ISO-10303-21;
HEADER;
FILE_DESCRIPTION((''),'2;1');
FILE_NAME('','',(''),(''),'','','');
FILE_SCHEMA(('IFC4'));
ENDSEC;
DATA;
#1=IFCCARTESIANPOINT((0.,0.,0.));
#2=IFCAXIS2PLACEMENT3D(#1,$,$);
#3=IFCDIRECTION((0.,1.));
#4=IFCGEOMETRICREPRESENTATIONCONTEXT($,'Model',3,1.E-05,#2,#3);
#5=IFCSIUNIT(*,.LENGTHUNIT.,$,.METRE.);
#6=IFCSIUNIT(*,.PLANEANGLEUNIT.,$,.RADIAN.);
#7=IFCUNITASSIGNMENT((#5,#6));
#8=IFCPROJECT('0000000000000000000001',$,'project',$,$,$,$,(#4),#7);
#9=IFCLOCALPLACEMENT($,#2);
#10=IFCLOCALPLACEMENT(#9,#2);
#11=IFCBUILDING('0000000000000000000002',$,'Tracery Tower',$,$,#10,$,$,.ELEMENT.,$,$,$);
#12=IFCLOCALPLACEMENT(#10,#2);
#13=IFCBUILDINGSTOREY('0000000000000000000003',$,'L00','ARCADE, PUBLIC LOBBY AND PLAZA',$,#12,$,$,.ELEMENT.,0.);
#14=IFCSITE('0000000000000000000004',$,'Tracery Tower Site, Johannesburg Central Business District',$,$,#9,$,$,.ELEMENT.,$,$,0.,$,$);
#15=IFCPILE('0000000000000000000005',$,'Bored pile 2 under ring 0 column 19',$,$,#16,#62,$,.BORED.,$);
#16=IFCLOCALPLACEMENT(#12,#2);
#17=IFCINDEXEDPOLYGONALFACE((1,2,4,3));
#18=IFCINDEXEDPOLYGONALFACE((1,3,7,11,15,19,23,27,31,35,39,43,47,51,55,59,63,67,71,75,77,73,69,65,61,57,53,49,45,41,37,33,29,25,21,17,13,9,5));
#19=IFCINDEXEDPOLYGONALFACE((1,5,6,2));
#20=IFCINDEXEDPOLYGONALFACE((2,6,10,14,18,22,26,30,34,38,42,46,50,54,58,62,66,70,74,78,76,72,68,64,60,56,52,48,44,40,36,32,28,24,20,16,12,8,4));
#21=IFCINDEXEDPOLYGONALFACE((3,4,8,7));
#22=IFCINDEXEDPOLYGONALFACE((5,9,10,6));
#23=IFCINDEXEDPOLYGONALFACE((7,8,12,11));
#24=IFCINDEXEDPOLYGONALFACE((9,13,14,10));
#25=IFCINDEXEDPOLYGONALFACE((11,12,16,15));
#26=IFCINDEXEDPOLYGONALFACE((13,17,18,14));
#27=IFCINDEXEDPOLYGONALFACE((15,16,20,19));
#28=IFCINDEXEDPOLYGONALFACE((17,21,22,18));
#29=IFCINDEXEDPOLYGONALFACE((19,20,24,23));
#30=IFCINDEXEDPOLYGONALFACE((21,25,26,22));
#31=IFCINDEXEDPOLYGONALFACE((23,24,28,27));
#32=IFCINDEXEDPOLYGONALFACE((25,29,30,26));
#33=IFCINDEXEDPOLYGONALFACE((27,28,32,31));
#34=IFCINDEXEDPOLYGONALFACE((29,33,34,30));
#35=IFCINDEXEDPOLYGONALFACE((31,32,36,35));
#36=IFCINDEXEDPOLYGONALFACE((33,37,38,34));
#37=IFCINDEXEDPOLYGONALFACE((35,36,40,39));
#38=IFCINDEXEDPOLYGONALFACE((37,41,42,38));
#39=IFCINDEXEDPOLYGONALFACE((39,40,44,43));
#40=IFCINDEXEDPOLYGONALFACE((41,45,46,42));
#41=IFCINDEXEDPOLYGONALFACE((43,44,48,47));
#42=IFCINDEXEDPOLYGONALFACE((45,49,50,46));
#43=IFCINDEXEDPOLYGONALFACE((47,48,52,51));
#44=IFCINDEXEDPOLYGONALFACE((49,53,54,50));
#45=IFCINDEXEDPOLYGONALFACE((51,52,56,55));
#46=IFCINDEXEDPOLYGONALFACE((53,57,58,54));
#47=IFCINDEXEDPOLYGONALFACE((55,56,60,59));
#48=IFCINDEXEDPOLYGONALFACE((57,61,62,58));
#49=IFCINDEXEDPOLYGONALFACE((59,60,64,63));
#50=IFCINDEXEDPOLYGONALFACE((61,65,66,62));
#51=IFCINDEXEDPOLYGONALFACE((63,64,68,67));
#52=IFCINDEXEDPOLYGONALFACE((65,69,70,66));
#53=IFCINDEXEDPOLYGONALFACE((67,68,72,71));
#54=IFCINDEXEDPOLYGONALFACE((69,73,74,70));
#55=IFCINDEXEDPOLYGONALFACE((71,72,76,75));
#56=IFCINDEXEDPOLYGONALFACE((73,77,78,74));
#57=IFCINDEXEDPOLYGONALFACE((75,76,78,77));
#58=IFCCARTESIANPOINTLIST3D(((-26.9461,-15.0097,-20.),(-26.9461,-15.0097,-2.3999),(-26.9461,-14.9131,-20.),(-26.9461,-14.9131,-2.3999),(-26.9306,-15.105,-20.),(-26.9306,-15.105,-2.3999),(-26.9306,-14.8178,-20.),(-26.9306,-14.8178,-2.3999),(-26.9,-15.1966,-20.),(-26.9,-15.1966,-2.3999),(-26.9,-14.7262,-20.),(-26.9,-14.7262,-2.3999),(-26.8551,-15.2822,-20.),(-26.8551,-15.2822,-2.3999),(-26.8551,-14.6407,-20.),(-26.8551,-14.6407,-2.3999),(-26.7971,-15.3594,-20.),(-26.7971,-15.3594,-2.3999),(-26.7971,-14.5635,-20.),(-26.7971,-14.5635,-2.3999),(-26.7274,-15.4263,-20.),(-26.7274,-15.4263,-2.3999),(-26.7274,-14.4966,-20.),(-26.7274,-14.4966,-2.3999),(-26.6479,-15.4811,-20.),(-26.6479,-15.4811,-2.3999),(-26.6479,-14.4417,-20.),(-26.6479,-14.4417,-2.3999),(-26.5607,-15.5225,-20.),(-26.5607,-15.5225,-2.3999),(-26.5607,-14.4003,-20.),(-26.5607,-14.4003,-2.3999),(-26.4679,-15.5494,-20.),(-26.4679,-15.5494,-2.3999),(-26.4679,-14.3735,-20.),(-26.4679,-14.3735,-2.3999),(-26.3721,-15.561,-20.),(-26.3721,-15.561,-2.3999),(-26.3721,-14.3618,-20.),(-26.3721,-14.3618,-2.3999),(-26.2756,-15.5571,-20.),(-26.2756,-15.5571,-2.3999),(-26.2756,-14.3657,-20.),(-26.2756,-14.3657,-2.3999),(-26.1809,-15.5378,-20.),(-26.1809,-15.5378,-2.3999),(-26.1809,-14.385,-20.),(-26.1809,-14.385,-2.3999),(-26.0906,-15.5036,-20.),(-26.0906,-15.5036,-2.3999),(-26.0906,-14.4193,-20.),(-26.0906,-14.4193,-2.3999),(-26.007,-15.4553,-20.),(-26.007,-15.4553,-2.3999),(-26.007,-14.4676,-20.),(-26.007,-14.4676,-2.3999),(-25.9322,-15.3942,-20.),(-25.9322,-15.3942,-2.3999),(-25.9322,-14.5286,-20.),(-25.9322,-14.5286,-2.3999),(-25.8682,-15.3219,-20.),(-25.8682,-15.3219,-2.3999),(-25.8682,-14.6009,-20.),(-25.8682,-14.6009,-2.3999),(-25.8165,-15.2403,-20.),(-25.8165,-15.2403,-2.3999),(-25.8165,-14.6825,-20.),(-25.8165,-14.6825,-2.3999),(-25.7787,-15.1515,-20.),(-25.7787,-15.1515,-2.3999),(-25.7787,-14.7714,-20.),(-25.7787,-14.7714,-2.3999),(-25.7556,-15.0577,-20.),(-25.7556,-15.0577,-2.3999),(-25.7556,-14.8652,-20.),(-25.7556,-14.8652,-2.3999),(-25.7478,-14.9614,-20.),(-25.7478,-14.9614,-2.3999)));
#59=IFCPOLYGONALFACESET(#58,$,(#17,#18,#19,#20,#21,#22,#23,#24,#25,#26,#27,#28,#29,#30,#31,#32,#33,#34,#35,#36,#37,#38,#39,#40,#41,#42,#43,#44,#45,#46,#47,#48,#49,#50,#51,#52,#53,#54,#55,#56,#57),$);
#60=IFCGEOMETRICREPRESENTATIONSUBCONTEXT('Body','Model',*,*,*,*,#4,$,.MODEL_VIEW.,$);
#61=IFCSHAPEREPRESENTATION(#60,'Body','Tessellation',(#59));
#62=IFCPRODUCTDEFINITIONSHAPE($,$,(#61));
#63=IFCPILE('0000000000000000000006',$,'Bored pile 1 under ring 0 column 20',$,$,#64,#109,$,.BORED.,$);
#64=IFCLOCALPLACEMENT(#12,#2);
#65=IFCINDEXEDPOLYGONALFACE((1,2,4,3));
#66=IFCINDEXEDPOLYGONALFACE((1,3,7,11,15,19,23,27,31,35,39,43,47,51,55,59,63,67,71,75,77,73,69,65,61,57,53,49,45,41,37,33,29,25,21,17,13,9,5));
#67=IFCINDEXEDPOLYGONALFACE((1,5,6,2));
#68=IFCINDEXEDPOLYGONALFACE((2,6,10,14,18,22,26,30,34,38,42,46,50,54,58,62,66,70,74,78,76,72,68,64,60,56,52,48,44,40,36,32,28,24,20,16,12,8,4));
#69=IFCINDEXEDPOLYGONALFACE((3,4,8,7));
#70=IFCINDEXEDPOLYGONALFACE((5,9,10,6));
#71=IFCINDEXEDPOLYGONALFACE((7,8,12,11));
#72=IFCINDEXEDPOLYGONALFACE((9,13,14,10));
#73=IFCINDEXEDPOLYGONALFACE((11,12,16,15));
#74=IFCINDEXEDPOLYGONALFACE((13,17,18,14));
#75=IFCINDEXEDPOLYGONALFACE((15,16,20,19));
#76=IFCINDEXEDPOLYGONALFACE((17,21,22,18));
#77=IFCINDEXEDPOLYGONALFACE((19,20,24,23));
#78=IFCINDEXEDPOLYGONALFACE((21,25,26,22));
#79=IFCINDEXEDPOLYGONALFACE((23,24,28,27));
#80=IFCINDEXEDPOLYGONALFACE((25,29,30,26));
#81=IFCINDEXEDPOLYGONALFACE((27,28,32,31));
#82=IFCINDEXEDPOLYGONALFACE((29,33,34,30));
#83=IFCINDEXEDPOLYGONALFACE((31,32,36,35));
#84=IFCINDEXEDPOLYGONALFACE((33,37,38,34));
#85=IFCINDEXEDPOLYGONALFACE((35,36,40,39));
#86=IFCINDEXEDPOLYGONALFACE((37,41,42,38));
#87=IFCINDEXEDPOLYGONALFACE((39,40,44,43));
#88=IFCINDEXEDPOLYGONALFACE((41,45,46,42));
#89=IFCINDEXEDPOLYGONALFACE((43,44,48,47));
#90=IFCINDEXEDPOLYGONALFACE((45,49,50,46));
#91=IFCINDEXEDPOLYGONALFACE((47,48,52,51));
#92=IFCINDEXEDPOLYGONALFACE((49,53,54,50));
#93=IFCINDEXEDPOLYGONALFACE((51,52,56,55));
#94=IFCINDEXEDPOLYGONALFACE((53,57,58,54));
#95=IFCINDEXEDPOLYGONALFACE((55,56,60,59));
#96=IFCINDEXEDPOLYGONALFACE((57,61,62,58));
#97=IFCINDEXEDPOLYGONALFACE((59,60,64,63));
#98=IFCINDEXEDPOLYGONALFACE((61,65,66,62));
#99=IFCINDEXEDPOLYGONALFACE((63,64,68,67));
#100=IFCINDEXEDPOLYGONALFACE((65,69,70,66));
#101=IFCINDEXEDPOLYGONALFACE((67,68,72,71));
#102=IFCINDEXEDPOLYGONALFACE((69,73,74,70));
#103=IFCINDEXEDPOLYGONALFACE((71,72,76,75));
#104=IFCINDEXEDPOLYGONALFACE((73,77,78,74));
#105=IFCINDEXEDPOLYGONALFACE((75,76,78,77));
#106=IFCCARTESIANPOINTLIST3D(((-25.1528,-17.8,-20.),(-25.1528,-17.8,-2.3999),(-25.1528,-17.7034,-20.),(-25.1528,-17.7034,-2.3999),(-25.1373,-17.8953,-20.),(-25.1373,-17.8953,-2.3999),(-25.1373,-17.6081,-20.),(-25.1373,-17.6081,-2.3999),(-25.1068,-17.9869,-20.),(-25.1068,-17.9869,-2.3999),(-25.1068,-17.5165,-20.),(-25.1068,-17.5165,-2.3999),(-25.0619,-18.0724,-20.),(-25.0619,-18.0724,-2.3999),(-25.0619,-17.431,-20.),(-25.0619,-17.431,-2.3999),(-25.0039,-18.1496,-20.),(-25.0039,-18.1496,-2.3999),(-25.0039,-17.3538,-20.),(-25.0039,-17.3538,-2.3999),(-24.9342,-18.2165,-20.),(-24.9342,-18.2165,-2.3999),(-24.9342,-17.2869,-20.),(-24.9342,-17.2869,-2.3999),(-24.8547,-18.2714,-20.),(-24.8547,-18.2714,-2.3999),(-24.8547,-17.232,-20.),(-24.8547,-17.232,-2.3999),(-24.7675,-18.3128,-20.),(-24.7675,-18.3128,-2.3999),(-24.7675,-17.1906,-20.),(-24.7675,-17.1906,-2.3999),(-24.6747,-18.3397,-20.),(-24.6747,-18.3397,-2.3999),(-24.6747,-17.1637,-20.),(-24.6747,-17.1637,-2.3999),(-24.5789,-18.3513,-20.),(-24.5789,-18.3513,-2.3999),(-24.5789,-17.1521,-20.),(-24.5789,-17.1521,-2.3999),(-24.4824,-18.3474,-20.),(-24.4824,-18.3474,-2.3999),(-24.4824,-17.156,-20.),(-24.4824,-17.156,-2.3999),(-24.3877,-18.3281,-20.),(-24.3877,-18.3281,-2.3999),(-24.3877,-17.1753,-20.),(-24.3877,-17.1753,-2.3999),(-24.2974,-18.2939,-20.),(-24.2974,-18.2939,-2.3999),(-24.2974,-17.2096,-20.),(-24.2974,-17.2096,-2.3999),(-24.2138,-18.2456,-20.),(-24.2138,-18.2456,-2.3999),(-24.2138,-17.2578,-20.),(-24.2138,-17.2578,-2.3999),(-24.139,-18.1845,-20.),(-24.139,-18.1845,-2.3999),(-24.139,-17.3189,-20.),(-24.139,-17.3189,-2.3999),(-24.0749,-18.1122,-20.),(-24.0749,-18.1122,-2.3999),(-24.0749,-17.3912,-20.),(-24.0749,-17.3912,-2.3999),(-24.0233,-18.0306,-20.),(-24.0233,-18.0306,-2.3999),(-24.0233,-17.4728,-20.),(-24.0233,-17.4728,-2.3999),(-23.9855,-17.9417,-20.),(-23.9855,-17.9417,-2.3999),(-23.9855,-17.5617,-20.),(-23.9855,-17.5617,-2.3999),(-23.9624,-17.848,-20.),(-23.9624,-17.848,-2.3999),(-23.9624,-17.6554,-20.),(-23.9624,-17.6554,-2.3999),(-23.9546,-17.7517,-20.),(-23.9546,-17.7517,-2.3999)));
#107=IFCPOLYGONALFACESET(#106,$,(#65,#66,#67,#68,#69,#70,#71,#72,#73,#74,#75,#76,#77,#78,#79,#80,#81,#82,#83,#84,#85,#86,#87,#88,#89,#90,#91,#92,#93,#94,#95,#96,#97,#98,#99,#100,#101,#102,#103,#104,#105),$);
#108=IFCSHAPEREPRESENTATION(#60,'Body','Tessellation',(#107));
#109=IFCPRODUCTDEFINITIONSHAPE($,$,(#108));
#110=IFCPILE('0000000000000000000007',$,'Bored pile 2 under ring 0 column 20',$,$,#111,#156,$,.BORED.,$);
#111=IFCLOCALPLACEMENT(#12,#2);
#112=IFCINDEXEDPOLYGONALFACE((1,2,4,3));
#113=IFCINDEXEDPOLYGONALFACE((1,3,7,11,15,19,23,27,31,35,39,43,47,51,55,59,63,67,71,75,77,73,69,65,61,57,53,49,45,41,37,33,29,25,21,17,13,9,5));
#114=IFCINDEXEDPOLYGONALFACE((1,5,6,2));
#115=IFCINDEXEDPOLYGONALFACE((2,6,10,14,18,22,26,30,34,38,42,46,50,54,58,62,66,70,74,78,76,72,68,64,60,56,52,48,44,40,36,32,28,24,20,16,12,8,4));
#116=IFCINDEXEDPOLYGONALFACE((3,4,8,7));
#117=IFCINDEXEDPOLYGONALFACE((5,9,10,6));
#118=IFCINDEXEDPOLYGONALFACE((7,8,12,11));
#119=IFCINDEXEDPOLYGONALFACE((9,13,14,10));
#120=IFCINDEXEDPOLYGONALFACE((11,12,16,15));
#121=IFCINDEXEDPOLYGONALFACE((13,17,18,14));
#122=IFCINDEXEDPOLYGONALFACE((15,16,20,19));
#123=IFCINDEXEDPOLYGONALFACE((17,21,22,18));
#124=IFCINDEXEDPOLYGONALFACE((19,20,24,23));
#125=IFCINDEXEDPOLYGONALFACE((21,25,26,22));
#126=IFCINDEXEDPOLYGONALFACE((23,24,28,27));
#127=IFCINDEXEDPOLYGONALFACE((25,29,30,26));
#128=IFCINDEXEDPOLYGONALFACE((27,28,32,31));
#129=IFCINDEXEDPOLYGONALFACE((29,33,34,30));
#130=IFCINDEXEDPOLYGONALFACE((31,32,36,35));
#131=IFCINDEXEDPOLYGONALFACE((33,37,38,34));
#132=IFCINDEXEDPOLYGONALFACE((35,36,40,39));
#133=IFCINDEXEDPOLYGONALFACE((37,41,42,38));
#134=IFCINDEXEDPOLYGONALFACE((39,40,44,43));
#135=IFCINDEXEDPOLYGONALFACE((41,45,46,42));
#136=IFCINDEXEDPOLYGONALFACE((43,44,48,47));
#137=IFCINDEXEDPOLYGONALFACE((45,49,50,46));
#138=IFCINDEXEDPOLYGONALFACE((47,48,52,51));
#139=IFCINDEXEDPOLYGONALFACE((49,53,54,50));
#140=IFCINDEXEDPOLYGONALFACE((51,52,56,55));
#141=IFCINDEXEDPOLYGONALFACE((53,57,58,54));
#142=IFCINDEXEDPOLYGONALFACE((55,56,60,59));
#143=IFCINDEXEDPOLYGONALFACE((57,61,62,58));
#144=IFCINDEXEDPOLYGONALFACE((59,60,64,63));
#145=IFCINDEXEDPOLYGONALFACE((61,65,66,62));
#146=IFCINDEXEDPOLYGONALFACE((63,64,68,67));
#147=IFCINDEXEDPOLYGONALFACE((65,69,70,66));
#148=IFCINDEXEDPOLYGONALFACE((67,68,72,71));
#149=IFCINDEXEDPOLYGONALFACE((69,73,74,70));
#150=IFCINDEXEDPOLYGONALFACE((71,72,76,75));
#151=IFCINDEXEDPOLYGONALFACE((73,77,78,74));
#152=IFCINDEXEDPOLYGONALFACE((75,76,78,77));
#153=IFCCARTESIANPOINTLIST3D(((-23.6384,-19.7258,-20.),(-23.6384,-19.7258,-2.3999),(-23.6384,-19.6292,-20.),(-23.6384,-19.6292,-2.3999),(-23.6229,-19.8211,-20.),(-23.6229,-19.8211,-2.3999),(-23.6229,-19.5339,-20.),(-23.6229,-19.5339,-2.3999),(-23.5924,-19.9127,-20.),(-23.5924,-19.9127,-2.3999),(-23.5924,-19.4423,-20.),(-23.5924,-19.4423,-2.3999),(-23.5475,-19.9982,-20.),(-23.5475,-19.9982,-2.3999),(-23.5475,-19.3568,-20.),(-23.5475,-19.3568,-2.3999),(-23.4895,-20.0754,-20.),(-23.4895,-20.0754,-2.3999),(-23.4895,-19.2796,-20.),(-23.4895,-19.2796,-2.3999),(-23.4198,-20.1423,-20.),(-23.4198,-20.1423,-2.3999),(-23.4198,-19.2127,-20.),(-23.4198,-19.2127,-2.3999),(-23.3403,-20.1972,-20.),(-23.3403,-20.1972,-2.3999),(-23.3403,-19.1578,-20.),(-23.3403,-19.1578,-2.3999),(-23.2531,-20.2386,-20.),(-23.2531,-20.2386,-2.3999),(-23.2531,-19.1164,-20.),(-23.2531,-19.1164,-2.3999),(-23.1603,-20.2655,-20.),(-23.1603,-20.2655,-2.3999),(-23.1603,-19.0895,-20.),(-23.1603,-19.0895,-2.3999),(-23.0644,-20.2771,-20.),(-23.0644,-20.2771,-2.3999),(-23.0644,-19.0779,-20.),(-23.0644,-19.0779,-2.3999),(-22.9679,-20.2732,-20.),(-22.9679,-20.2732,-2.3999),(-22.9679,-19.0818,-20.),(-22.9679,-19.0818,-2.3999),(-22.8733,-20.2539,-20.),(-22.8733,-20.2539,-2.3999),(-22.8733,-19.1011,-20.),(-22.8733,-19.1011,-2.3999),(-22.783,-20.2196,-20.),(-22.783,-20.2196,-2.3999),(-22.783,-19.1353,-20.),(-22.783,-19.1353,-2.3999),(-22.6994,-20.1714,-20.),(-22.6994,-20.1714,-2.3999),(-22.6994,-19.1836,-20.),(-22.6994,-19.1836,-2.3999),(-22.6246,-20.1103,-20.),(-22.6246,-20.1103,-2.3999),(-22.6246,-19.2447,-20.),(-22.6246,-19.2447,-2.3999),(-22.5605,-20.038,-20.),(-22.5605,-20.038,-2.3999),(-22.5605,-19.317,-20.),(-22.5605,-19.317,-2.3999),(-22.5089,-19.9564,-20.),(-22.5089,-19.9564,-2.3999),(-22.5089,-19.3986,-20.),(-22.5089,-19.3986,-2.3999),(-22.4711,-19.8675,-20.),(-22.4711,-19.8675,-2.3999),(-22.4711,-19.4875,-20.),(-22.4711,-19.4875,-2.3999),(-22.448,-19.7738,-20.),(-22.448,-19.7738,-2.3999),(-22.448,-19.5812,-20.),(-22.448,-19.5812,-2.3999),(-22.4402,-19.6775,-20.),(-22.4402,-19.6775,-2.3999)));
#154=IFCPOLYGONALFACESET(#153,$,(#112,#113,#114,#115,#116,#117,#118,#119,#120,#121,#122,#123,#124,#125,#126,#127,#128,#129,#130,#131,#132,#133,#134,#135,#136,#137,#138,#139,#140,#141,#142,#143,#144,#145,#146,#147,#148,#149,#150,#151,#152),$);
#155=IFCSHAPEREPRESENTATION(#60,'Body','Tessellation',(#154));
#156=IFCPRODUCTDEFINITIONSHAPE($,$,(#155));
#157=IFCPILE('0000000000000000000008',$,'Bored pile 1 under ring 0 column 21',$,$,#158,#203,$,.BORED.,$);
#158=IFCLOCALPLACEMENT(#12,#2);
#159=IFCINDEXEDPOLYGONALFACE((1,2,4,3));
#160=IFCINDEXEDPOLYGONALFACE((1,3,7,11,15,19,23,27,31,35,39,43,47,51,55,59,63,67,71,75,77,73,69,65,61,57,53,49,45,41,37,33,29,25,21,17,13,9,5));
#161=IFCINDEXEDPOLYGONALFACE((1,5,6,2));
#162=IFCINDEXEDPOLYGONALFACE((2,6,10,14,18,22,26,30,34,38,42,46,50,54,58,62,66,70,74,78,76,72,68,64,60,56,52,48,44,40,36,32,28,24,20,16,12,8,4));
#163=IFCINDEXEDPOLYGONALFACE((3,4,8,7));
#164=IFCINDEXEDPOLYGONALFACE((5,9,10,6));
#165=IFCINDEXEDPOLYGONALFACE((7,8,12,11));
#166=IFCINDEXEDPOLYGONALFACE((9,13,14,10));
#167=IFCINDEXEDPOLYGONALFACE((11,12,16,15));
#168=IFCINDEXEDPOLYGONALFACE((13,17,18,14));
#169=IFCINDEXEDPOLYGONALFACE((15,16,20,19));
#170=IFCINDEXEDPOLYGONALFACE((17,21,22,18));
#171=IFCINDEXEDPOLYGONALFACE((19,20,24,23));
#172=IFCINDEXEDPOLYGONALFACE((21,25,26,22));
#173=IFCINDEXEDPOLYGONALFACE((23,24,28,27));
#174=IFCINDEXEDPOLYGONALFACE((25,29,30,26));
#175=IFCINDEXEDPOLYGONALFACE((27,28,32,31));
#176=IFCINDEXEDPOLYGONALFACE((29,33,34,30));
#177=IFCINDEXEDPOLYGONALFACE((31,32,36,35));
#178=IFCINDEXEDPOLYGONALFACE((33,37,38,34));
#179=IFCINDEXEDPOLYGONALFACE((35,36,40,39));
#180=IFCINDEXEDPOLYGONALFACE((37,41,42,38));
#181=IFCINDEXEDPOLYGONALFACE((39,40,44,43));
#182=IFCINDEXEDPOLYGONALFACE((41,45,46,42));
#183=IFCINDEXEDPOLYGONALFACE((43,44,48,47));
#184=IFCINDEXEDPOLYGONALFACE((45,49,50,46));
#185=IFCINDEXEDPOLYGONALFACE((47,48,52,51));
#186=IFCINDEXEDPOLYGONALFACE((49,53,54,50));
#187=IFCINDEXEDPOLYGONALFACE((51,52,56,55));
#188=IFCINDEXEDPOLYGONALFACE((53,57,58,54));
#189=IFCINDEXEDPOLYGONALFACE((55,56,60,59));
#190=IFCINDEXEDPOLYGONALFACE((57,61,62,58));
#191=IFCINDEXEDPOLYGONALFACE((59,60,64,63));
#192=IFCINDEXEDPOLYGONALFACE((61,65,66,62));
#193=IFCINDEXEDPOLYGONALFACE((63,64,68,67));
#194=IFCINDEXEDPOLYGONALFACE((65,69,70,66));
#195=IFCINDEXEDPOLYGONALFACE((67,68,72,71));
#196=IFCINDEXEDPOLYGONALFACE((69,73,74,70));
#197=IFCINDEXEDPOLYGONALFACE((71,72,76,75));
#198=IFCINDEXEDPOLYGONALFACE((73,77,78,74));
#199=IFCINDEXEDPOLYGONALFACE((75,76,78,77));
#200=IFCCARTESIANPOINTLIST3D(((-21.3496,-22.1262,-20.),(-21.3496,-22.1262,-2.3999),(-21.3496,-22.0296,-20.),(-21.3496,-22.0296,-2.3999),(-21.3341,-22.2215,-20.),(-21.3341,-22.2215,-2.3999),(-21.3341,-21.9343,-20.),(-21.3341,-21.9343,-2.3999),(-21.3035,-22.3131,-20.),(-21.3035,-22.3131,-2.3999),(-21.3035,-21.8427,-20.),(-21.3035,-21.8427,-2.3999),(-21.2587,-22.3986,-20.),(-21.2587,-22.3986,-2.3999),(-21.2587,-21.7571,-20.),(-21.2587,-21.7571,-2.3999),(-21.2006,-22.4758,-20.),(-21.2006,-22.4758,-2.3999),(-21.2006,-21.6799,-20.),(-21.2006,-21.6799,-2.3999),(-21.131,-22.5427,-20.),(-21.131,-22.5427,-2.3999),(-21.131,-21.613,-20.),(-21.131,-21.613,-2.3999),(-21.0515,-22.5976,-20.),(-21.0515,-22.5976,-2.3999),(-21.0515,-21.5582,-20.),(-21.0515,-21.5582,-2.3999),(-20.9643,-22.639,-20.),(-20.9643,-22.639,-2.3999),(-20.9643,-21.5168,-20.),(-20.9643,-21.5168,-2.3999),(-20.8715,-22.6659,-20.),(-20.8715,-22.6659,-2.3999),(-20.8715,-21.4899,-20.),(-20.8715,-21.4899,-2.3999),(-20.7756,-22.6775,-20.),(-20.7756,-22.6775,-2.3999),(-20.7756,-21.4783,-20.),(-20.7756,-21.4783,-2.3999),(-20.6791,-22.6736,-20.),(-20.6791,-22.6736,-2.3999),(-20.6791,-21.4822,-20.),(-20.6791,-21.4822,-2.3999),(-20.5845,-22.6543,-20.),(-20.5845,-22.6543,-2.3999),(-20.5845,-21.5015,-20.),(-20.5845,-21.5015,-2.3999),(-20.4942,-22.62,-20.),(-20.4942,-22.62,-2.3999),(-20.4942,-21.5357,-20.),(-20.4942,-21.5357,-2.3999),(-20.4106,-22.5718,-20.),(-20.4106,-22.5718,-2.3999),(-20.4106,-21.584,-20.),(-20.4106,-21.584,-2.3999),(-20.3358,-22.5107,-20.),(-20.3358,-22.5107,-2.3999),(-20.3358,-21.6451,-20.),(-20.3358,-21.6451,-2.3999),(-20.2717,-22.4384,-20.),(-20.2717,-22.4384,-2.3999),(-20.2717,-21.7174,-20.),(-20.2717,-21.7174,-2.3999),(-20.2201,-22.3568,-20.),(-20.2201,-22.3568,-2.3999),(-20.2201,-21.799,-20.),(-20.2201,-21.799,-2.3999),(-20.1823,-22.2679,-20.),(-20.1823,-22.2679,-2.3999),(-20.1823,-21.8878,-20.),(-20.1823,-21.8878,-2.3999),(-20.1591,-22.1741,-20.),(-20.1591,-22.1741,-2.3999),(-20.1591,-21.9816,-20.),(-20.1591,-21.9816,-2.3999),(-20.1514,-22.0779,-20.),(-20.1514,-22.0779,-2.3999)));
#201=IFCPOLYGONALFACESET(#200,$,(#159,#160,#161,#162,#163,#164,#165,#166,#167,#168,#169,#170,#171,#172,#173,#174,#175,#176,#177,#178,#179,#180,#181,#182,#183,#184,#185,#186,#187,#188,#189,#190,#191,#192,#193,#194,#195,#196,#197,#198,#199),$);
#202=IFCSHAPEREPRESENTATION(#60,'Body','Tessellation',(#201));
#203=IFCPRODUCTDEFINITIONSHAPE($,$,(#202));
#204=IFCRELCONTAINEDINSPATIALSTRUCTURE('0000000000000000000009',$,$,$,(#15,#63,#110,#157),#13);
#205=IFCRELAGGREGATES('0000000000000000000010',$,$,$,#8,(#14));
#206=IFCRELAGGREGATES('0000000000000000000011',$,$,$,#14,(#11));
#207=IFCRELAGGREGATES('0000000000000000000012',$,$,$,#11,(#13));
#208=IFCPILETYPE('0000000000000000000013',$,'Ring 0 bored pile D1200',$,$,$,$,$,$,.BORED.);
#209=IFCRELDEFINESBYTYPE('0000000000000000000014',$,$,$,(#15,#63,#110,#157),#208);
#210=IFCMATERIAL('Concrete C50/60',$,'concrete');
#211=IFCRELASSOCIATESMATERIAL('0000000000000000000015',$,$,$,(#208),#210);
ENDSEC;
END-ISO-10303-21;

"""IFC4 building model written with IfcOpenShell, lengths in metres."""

from ifc_helpers import new_model, si_unit, direction, frame, origin, origin_2d, place, context, subcontext, project, spatial, circle, extrude, material, material_profile, profile_set, type_object, element, save


model = new_model("IFC4")

# Units and contexts
model_context = context("Model", 3, precision=1e-05, world=origin(), true_north=direction((0.0, 1.0)))
body_context = subcontext(model_context, "Body", "Model", "MODEL_VIEW")
ifc_project = project(units=[si_unit("LENGTHUNIT", "METRE"), si_unit("PLANEANGLEUNIT", "RADIAN")], contexts=[model_context])

# Site, building, storey
site_placement = place(None, origin())
site = spatial("IfcSite", under=ifc_project, at=site_placement, Name="Tracery Tower Site, Johannesburg Central Business District", CompositionType="ELEMENT", RefElevation=0.0)
building_placement = place(site_placement, origin())
building = spatial("IfcBuilding", under=site, at=building_placement, Name="Tracery Tower", CompositionType="ELEMENT")
storey_placement = place(building_placement, origin())
storey = spatial("IfcBuildingStorey", under=building, at=storey_placement, Name="L00", Description="ARCADE, PUBLIC LOBBY AND PLAZA", CompositionType="ELEMENT", Elevation=0.0)

# Piles
ifc_material_1 = material(Name="Concrete C50/60", Category="concrete")
ifc_material_profile_1 = material_profile(ifc_material_1, circle(Radius=0.6001, at=origin_2d()), Name="RC D1200")
ifc_profile_set_1 = profile_set([ifc_material_profile_1], Name="Concrete C50/60")
pile_type_1 = type_object("IfcPileType", Name="Ring 0 bored pile D1200", PredefinedType="BORED", material=ifc_profile_set_1)
for number, where, z_axis, x_axis, name in (
    (1, (-26.3479, -14.9614, -2.3999), (0.0, 0.0, -1.0), (1.0, 0.0, 0.0), "Bored pile 2 under ring 0 column 19"),
    (2, (-24.5547, -17.7517, -2.3999), (0.0, 0.0, -1.0), (1.0, 0.0, 0.0), "Bored pile 1 under ring 0 column 20"),
    (3, (-23.0403, -19.6775, -2.3999), (0.0, 0.0, -1.0), (1.0, 0.0, 0.0), "Bored pile 2 under ring 0 column 20"),
    (4, (-20.7515, -22.0779, -2.3999), (0.0, 0.0, -1.0), (1.0, 0.0, 0.0), "Bored pile 1 under ring 0 column 21"),
):
    element("IfcPile", number, at=place(storey_placement, frame(where, z_axis=z_axis, x_axis=x_axis)), inside=storey, type_object=pile_type_1, Name=name, PredefinedType="BORED", context=body_context, shape_type="SweptSolid", body=[
        extrude(circle(Radius=0.6001, at=origin_2d()), origin(), (0.0, 0.0, 1.0), 17.6001),
    ])

save(model, "model.ifc")
